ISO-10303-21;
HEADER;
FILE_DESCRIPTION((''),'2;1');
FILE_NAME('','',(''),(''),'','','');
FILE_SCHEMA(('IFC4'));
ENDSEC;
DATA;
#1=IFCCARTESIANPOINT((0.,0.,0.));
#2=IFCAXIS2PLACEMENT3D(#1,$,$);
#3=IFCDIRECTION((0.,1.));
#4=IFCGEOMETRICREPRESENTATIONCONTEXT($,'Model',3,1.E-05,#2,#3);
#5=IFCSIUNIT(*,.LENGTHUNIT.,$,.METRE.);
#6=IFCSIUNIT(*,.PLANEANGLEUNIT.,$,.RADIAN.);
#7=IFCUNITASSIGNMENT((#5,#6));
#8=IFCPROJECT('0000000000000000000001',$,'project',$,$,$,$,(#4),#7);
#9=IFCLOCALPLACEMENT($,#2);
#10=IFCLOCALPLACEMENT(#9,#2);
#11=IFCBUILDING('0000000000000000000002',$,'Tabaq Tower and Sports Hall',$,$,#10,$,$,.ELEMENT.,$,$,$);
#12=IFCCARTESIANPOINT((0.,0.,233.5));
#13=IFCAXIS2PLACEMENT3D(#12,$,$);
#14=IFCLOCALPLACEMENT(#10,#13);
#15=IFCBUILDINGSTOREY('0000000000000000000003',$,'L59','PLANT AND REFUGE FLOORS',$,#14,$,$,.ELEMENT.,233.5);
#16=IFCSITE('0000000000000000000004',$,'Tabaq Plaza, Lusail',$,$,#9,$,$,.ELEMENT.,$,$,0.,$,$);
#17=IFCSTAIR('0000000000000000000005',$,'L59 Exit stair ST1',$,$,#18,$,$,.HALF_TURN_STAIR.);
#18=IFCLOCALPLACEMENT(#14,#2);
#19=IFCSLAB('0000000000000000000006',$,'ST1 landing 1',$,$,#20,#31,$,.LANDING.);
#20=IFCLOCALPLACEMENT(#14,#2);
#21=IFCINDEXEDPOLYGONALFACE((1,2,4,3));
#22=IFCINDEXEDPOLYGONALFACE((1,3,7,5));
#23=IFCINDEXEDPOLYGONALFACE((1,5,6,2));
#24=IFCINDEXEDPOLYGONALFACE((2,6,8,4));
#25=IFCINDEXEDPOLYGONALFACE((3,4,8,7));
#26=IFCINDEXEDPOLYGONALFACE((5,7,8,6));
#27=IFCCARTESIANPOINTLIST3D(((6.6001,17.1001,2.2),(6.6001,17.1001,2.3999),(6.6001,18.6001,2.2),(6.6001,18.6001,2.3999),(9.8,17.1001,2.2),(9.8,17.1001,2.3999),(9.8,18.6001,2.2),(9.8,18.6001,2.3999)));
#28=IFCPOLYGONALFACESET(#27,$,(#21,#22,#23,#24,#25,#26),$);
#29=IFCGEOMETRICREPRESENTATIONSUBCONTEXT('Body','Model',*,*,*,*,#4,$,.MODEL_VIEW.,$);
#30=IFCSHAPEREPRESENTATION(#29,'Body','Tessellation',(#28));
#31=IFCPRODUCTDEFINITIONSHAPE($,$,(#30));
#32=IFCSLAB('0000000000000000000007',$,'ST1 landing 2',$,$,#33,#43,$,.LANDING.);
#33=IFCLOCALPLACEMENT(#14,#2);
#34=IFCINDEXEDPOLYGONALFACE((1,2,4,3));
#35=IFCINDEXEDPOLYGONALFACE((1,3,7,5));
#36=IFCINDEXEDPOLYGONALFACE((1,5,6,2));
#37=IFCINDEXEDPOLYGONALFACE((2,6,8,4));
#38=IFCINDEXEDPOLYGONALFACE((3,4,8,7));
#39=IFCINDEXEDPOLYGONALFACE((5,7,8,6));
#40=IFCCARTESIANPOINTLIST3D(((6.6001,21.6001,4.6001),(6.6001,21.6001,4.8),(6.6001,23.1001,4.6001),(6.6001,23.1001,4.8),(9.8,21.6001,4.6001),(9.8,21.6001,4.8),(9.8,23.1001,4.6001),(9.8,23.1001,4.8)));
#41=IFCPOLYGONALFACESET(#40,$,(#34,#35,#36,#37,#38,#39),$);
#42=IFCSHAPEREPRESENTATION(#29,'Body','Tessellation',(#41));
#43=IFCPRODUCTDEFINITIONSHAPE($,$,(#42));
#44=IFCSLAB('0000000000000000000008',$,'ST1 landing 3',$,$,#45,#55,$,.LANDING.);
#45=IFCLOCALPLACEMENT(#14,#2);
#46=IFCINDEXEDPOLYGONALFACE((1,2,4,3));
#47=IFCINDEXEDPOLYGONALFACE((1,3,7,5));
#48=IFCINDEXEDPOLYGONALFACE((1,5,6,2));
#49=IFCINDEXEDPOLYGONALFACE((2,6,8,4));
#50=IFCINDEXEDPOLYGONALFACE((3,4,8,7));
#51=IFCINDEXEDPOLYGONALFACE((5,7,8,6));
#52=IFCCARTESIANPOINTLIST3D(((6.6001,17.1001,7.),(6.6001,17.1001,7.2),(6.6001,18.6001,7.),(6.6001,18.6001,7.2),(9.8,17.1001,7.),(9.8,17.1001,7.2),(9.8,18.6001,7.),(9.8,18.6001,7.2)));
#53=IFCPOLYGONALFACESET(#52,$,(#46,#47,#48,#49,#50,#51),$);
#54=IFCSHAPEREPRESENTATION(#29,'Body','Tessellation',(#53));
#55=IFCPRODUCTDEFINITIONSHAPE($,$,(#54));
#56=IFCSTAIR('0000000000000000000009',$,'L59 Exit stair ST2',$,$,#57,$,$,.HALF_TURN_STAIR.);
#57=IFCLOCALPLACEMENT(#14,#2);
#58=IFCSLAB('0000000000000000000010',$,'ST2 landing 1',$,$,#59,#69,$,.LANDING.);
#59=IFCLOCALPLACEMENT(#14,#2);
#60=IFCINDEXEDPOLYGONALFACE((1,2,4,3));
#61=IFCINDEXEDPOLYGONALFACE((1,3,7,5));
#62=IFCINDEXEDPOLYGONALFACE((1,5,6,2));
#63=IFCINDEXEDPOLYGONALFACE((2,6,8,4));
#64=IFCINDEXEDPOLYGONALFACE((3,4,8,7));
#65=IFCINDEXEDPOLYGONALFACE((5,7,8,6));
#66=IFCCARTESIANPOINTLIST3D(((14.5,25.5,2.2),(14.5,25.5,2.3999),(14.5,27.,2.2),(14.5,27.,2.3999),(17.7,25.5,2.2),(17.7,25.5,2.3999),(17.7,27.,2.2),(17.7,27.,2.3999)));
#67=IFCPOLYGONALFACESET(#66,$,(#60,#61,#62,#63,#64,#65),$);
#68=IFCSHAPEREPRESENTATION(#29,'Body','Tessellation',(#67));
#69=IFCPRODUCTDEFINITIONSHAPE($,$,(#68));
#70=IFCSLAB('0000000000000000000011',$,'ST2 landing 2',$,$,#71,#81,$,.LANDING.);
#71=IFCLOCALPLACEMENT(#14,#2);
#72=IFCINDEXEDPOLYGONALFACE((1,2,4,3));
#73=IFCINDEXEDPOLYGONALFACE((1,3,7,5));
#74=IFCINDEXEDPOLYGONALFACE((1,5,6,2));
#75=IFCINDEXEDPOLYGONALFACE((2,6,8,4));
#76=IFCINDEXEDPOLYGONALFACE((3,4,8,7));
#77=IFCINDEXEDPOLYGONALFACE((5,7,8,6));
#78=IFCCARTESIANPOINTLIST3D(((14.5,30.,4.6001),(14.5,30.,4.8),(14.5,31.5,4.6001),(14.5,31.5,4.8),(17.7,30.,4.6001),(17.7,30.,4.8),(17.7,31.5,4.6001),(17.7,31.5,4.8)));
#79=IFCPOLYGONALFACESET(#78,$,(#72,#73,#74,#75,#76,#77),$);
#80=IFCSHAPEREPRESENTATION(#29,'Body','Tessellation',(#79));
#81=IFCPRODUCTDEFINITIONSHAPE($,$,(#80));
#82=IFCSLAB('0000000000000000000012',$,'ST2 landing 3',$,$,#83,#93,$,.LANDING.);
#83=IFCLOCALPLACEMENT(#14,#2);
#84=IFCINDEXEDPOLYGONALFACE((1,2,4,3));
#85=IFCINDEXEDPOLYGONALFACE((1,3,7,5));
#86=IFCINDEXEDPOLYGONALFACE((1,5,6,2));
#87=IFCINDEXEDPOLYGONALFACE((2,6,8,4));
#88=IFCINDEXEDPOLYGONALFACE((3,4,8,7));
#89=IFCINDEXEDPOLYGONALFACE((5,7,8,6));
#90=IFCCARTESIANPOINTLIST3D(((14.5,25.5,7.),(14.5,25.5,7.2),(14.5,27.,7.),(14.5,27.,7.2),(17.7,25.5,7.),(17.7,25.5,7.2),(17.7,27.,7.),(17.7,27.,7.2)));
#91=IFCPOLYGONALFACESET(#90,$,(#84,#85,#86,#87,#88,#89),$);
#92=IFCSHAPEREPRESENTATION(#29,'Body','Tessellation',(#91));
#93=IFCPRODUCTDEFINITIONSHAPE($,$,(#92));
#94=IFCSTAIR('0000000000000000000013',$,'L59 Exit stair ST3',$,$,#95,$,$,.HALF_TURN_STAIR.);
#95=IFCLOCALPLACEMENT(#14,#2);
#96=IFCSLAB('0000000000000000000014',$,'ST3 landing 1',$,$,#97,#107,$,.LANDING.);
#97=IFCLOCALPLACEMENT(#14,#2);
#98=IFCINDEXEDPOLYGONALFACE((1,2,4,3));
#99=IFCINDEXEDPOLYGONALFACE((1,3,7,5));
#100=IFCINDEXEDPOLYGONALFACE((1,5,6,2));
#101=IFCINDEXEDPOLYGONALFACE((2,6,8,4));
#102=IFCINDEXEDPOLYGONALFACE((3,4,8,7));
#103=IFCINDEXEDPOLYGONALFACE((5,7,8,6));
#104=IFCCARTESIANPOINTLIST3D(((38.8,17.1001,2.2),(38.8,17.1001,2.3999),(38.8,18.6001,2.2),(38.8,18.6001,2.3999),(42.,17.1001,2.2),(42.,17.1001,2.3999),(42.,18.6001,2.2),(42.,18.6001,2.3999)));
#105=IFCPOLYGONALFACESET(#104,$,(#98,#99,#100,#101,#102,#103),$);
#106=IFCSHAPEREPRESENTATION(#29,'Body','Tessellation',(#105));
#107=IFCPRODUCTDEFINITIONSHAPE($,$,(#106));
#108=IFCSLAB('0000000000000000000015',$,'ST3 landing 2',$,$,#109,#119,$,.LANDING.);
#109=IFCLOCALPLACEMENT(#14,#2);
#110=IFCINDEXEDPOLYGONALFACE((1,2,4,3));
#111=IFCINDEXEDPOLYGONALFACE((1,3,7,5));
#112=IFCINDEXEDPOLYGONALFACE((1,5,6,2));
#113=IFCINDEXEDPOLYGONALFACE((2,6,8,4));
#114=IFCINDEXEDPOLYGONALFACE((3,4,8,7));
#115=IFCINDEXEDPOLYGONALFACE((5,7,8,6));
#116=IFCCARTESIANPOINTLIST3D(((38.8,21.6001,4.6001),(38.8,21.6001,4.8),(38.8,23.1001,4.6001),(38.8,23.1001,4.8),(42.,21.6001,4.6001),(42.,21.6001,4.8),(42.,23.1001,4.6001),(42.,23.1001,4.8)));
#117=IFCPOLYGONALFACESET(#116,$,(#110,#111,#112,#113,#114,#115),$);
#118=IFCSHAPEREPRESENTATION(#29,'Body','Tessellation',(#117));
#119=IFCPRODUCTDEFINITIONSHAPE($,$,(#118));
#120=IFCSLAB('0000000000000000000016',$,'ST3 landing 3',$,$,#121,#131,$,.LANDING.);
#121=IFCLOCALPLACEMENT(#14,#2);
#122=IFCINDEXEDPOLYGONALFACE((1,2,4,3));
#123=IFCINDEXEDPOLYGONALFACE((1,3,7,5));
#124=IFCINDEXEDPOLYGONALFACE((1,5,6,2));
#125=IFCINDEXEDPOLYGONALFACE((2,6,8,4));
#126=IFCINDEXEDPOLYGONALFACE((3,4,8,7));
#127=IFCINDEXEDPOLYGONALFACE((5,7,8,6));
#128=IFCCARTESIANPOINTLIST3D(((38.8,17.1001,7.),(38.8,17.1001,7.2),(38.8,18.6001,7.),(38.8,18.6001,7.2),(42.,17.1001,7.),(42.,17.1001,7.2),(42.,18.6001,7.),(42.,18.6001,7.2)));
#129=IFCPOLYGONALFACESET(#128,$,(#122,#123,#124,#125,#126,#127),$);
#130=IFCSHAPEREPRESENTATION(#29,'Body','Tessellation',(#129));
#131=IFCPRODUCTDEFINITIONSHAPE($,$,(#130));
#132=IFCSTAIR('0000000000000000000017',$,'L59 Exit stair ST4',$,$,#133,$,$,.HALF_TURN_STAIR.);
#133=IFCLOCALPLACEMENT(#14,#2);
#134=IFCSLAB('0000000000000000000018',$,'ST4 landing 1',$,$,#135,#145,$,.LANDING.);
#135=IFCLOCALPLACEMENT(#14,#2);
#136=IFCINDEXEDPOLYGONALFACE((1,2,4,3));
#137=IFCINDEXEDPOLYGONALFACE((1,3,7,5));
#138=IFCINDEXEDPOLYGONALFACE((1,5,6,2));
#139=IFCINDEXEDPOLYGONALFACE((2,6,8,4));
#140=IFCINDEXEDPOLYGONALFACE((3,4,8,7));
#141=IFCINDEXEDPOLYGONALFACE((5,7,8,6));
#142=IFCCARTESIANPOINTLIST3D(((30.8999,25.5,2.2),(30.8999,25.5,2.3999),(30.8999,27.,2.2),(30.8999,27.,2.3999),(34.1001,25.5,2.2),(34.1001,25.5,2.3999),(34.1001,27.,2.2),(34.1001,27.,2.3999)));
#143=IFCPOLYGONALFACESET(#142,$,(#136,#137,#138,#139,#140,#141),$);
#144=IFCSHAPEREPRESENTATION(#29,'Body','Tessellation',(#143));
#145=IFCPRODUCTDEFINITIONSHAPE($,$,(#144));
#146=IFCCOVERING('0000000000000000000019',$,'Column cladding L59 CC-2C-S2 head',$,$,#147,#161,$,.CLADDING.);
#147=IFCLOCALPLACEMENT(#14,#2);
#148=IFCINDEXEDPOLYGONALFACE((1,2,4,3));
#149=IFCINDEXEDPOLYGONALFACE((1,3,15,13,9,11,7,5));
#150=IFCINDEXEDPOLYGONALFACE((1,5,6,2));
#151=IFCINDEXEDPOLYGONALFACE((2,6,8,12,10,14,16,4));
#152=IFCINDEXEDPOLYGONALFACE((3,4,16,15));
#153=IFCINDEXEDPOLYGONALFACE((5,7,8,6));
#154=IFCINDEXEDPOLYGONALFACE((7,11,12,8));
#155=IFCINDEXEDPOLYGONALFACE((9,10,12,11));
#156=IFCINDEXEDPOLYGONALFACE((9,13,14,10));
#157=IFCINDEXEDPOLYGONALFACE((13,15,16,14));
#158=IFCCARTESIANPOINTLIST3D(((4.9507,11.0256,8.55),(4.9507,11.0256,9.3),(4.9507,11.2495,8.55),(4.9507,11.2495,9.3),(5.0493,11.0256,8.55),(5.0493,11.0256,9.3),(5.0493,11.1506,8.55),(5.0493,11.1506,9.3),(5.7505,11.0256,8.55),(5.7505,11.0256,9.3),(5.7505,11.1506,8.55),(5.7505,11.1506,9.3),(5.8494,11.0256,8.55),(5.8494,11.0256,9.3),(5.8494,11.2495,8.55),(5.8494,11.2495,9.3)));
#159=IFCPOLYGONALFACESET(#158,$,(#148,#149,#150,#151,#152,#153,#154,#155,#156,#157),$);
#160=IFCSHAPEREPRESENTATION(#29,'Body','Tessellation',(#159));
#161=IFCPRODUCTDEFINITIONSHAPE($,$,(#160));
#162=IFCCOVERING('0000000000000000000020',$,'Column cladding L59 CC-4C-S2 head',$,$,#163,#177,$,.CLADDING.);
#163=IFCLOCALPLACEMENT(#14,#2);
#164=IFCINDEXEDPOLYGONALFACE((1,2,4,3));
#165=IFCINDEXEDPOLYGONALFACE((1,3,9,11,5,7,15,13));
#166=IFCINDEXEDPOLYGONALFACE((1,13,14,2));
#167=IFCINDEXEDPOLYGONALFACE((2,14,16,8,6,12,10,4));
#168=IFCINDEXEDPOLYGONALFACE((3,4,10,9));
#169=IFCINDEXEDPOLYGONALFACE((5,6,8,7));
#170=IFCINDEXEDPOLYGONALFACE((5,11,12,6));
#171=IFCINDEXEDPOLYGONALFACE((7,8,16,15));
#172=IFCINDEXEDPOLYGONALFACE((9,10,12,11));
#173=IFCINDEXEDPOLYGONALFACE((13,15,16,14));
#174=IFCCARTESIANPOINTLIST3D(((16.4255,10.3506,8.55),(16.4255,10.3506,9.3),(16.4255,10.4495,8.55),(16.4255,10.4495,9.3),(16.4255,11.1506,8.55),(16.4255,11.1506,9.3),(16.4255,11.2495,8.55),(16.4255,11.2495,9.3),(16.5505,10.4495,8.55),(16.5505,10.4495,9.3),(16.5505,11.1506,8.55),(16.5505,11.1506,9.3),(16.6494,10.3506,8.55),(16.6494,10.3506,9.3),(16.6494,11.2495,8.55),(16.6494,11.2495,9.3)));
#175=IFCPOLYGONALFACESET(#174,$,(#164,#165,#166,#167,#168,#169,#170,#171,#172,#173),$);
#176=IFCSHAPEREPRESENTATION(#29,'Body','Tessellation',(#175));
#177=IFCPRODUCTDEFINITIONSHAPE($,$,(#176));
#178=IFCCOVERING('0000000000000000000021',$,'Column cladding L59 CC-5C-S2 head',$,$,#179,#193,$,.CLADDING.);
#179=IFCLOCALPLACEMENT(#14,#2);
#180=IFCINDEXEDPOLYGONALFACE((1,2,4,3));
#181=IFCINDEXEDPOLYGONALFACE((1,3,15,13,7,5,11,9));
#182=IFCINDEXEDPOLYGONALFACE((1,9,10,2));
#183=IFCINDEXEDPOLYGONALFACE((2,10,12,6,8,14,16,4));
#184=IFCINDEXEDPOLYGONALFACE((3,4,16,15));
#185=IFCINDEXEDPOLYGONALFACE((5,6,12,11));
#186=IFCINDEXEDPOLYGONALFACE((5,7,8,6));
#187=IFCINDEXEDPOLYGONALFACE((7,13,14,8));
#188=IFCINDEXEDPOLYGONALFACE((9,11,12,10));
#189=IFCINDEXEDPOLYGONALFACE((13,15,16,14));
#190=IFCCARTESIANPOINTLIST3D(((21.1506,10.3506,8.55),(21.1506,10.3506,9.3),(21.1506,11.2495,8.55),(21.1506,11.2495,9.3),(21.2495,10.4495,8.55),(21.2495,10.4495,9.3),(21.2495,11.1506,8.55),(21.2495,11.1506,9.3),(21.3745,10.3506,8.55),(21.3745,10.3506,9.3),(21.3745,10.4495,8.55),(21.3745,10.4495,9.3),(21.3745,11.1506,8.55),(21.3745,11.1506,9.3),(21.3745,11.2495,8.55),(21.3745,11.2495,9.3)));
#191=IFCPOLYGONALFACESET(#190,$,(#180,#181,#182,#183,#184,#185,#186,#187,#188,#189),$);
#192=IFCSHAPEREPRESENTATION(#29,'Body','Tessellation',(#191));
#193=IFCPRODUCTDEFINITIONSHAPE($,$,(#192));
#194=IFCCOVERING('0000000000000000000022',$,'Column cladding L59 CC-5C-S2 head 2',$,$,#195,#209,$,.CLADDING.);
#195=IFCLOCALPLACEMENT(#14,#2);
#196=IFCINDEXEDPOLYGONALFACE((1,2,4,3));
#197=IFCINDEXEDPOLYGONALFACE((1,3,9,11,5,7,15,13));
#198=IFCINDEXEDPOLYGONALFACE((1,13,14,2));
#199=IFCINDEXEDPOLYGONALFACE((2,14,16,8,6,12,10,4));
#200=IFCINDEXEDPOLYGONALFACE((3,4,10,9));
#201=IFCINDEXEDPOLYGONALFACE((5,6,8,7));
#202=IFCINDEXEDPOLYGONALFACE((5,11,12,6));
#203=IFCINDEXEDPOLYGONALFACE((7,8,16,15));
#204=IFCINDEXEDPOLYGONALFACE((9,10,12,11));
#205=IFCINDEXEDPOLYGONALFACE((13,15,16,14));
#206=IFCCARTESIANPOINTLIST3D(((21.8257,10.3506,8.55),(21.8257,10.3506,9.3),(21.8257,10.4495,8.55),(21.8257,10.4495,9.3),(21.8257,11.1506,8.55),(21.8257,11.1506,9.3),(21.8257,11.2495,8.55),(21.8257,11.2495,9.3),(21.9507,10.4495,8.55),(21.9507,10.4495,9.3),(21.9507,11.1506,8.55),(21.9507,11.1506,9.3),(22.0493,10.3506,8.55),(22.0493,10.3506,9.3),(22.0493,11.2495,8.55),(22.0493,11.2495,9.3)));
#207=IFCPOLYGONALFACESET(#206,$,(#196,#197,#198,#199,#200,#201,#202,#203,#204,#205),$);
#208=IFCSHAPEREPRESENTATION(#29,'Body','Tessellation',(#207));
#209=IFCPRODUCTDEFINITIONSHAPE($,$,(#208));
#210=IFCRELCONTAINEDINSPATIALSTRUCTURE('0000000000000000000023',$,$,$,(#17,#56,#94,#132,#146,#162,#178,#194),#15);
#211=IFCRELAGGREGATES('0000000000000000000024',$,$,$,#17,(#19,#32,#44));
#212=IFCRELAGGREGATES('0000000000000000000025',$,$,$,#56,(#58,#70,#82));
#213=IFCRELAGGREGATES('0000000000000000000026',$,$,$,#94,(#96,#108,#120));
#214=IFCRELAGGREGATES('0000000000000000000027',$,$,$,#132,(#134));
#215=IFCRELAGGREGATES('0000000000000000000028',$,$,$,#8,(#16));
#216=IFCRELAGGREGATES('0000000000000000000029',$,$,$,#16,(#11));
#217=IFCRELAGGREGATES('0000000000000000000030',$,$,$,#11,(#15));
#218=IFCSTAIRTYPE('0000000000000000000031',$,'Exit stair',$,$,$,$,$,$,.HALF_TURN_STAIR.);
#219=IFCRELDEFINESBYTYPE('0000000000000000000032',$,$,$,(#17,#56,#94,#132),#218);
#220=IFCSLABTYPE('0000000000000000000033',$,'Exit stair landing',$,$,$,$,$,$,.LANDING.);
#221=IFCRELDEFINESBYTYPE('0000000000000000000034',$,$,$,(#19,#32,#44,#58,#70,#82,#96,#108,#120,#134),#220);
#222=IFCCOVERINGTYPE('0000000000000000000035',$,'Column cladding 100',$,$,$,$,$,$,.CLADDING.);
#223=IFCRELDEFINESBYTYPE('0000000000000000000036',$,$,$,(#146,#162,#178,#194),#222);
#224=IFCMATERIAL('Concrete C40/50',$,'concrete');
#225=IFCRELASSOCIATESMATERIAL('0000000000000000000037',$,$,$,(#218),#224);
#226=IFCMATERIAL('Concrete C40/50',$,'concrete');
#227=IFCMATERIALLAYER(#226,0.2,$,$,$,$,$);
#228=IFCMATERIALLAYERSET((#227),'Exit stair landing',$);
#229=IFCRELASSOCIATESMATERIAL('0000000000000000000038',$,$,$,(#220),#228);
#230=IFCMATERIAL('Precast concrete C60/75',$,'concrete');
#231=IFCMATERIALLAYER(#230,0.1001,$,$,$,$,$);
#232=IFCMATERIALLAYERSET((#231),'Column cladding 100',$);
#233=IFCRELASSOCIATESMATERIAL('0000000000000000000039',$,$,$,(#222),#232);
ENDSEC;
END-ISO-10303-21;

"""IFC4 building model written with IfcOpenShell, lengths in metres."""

from ifc_helpers import new_model, si_unit, direction, frame, origin, place, context, subcontext, project, spatial, polyline, outline, extrude, material, layer, layer_set, type_object, element, aggregate, save


model = new_model("IFC4")

# Units and contexts
model_context = context("Model", 3, precision=1e-05, world=origin(), true_north=direction((0.0, 1.0)))
body_context = subcontext(model_context, "Body", "Model", "MODEL_VIEW")
ifc_project = project(units=[si_unit("LENGTHUNIT", "METRE"), si_unit("PLANEANGLEUNIT", "RADIAN")], contexts=[model_context])

# Site, building, storey
site_placement = place(None, origin())
site = spatial("IfcSite", under=ifc_project, at=site_placement, Name="Tabaq Plaza, Lusail", CompositionType="ELEMENT", RefElevation=0.0)
building_placement = place(site_placement, origin())
building = spatial("IfcBuilding", under=site, at=building_placement, Name="Tabaq Tower and Sports Hall", CompositionType="ELEMENT")
storey_placement = place(building_placement, frame((0.0, 0.0, 233.5)))
storey = spatial("IfcBuildingStorey", under=building, at=storey_placement, Name="L59", Description="PLANT AND REFUGE FLOORS", CompositionType="ELEMENT", Elevation=233.5)

# Stairs, slabs
ifc_material_1 = material(Name="Concrete C40/50", Category="concrete")
stair_type = type_object("IfcStairType", Name="Exit stair", PredefinedType="HALF_TURN_STAIR", material=ifc_material_1)
stair_1_placement = place(storey_placement, origin())
stair_1 = element("IfcStair", 1, at=stair_1_placement, inside=storey, type_object=stair_type, Name="L59 Exit stair ST1", PredefinedType="HALF_TURN_STAIR")
ifc_material_2 = material(Name="Concrete C40/50", Category="concrete")
ifc_layer_1 = layer(ifc_material_2, 0.2)
ifc_layer_set_1 = layer_set([ifc_layer_1], Name="Exit stair landing")
slab_type = type_object("IfcSlabType", Name="Exit stair landing", PredefinedType="LANDING", material=ifc_layer_set_1)
slab_1_placement = place(storey_placement, frame((0.0, 0.0, 2.2)))
slab_1 = element("IfcSlab", 2, at=slab_1_placement, type_object=slab_type, Name="ST1 landing 1", PredefinedType="LANDING", context=body_context, shape_type="SweptSolid", body=[
    extrude(outline(polyline([(6.6001, 18.6001), (6.6001, 17.1001), (9.8, 17.1001), (9.8, 18.6001), (6.6001, 18.6001)])), origin(), (0.0, 0.0, 1.0), 0.2),
])
slab_2_placement = place(storey_placement, frame((0.0, 0.0, 4.6001)))
slab_2 = element("IfcSlab", 3, at=slab_2_placement, type_object=slab_type, Name="ST1 landing 2", PredefinedType="LANDING", context=body_context, shape_type="SweptSolid", body=[
    extrude(outline(polyline([(6.6001, 23.1001), (6.6001, 21.6001), (9.8, 21.6001), (9.8, 23.1001), (6.6001, 23.1001)])), origin(), (0.0, 0.0, 1.0), 0.2),
])
slab_3_placement = place(storey_placement, frame((0.0, 0.0, 7.0)))
slab_3 = element("IfcSlab", 4, at=slab_3_placement, type_object=slab_type, Name="ST1 landing 3", PredefinedType="LANDING", context=body_context, shape_type="SweptSolid", body=[
    extrude(outline(polyline([(6.6001, 18.6001), (6.6001, 17.1001), (9.8, 17.1001), (9.8, 18.6001), (6.6001, 18.6001)])), origin(), (0.0, 0.0, 1.0), 0.2),
])
aggregate(stair_1, [slab_1, slab_2, slab_3])
stair_2_placement = place(storey_placement, origin())
stair_2 = element("IfcStair", 5, at=stair_2_placement, inside=storey, type_object=stair_type, Name="L59 Exit stair ST2", PredefinedType="HALF_TURN_STAIR")
slab_4_placement = place(storey_placement, frame((0.0, 0.0, 2.2)))
slab_4 = element("IfcSlab", 6, at=slab_4_placement, type_object=slab_type, Name="ST2 landing 1", PredefinedType="LANDING", context=body_context, shape_type="SweptSolid", body=[
    extrude(outline(polyline([(14.5, 27.0), (14.5, 25.5), (17.7, 25.5), (17.7, 27.0), (14.5, 27.0)])), origin(), (0.0, 0.0, 1.0), 0.2),
])
slab_5_placement = place(storey_placement, frame((0.0, 0.0, 4.6001)))
slab_5 = element("IfcSlab", 7, at=slab_5_placement, type_object=slab_type, Name="ST2 landing 2", PredefinedType="LANDING", context=body_context, shape_type="SweptSolid", body=[
    extrude(outline(polyline([(14.5, 31.5), (14.5, 30.0), (17.7, 30.0), (17.7, 31.5), (14.5, 31.5)])), origin(), (0.0, 0.0, 1.0), 0.2),
])
slab_6_placement = place(storey_placement, frame((0.0, 0.0, 7.0)))
slab_6 = element("IfcSlab", 8, at=slab_6_placement, type_object=slab_type, Name="ST2 landing 3", PredefinedType="LANDING", context=body_context, shape_type="SweptSolid", body=[
    extrude(outline(polyline([(14.5, 27.0), (14.5, 25.5), (17.7, 25.5), (17.7, 27.0), (14.5, 27.0)])), origin(), (0.0, 0.0, 1.0), 0.2),
])
aggregate(stair_2, [slab_4, slab_5, slab_6])
stair_3_placement = place(storey_placement, origin())
stair_3 = element("IfcStair", 9, at=stair_3_placement, inside=storey, type_object=stair_type, Name="L59 Exit stair ST3", PredefinedType="HALF_TURN_STAIR")
slab_7_placement = place(storey_placement, frame((0.0, 0.0, 2.2)))
slab_7 = element("IfcSlab", 10, at=slab_7_placement, type_object=slab_type, Name="ST3 landing 1", PredefinedType="LANDING", context=body_context, shape_type="SweptSolid", body=[
    extrude(outline(polyline([(38.8, 18.6001), (38.8, 17.1001), (42.0, 17.1001), (42.0, 18.6001), (38.8, 18.6001)])), origin(), (0.0, 0.0, 1.0), 0.2),
])
slab_8_placement = place(storey_placement, frame((0.0, 0.0, 4.6001)))
slab_8 = element("IfcSlab", 11, at=slab_8_placement, type_object=slab_type, Name="ST3 landing 2", PredefinedType="LANDING", context=body_context, shape_type="SweptSolid", body=[
    extrude(outline(polyline([(38.8, 23.1001), (38.8, 21.6001), (42.0, 21.6001), (42.0, 23.1001), (38.8, 23.1001)])), origin(), (0.0, 0.0, 1.0), 0.2),
])
slab_9_placement = place(storey_placement, frame((0.0, 0.0, 7.0)))
slab_9 = element("IfcSlab", 12, at=slab_9_placement, type_object=slab_type, Name="ST3 landing 3", PredefinedType="LANDING", context=body_context, shape_type="SweptSolid", body=[
    extrude(outline(polyline([(38.8, 18.6001), (38.8, 17.1001), (42.0, 17.1001), (42.0, 18.6001), (38.8, 18.6001)])), origin(), (0.0, 0.0, 1.0), 0.2),
])
aggregate(stair_3, [slab_7, slab_8, slab_9])

# Stair, slab
stair_4_placement = place(storey_placement, origin())
stair_4 = element("IfcStair", 13, at=stair_4_placement, inside=storey, type_object=stair_type, Name="L59 Exit stair ST4", PredefinedType="HALF_TURN_STAIR")
slab_10_placement = place(storey_placement, frame((0.0, 0.0, 2.2)))
slab_10 = element("IfcSlab", 14, at=slab_10_placement, type_object=slab_type, Name="ST4 landing 1", PredefinedType="LANDING", context=body_context, shape_type="SweptSolid", body=[
    extrude(outline(polyline([(30.8999, 27.0), (30.8999, 25.5), (34.1001, 25.5), (34.1001, 27.0), (30.8999, 27.0)])), origin(), (0.0, 0.0, 1.0), 0.2),
])
aggregate(stair_4, [slab_10])

# Coverings
ifc_material_3 = material(Name="Precast concrete C60/75", Category="concrete")
ifc_layer_2 = layer(ifc_material_3, 0.1001)
ifc_layer_set_2 = layer_set([ifc_layer_2], Name="Column cladding 100")
covering_type = type_object("IfcCoveringType", Name="Column cladding 100", PredefinedType="CLADDING", material=ifc_layer_set_2)
covering_1_placement = place(storey_placement, frame((0.0, 0.0, 8.55)))
element("IfcCovering", 15, at=covering_1_placement, inside=storey, type_object=covering_type, Name="Column cladding L59 CC-2C-S2 head", PredefinedType="CLADDING", context=body_context, shape_type="SweptSolid", body=[
    extrude(outline(polyline([(5.0493, 11.0256), (4.9507, 11.0256), (4.9507, 11.2495), (5.8494, 11.2495), (5.8494, 11.0256), (5.7505, 11.0256), (5.7505, 11.1506), (5.0493, 11.1506), (5.0493, 11.0256)])), origin(), (0.0, 0.0, 1.0), 0.75),
])
covering_2_placement = place(storey_placement, frame((0.0, 0.0, 8.55)))
element("IfcCovering", 16, at=covering_2_placement, inside=storey, type_object=covering_type, Name="Column cladding L59 CC-4C-S2 head", PredefinedType="CLADDING", context=body_context, shape_type="SweptSolid", body=[
    extrude(outline(polyline([(16.4255, 10.4495), (16.5505, 10.4495), (16.5505, 11.1506), (16.4255, 11.1506), (16.4255, 11.2495), (16.6494, 11.2495), (16.6494, 10.3506), (16.4255, 10.3506), (16.4255, 10.4495)])), origin(), (0.0, 0.0, 1.0), 0.75),
])
covering_3_placement = place(storey_placement, frame((0.0, 0.0, 8.55)))
element("IfcCovering", 17, at=covering_3_placement, inside=storey, type_object=covering_type, Name="Column cladding L59 CC-5C-S2 head", PredefinedType="CLADDING", context=body_context, shape_type="SweptSolid", body=[
    extrude(outline(polyline([(21.3745, 10.4495), (21.3745, 10.3506), (21.1506, 10.3506), (21.1506, 11.2495), (21.3745, 11.2495), (21.3745, 11.1506), (21.2495, 11.1506), (21.2495, 10.4495), (21.3745, 10.4495)])), origin(), (0.0, 0.0, 1.0), 0.75),
])
covering_4_placement = place(storey_placement, frame((0.0, 0.0, 8.55)))
element("IfcCovering", 18, at=covering_4_placement, inside=storey, type_object=covering_type, Name="Column cladding L59 CC-5C-S2 head 2", PredefinedType="CLADDING", context=body_context, shape_type="SweptSolid", body=[
    extrude(outline(polyline([(21.8257, 10.4495), (21.9507, 10.4495), (21.9507, 11.1506), (21.8257, 11.1506), (21.8257, 11.2495), (22.0493, 11.2495), (22.0493, 10.3506), (21.8257, 10.3506), (21.8257, 10.4495)])), origin(), (0.0, 0.0, 1.0), 0.75),
])

save(model, "model.ifc")
